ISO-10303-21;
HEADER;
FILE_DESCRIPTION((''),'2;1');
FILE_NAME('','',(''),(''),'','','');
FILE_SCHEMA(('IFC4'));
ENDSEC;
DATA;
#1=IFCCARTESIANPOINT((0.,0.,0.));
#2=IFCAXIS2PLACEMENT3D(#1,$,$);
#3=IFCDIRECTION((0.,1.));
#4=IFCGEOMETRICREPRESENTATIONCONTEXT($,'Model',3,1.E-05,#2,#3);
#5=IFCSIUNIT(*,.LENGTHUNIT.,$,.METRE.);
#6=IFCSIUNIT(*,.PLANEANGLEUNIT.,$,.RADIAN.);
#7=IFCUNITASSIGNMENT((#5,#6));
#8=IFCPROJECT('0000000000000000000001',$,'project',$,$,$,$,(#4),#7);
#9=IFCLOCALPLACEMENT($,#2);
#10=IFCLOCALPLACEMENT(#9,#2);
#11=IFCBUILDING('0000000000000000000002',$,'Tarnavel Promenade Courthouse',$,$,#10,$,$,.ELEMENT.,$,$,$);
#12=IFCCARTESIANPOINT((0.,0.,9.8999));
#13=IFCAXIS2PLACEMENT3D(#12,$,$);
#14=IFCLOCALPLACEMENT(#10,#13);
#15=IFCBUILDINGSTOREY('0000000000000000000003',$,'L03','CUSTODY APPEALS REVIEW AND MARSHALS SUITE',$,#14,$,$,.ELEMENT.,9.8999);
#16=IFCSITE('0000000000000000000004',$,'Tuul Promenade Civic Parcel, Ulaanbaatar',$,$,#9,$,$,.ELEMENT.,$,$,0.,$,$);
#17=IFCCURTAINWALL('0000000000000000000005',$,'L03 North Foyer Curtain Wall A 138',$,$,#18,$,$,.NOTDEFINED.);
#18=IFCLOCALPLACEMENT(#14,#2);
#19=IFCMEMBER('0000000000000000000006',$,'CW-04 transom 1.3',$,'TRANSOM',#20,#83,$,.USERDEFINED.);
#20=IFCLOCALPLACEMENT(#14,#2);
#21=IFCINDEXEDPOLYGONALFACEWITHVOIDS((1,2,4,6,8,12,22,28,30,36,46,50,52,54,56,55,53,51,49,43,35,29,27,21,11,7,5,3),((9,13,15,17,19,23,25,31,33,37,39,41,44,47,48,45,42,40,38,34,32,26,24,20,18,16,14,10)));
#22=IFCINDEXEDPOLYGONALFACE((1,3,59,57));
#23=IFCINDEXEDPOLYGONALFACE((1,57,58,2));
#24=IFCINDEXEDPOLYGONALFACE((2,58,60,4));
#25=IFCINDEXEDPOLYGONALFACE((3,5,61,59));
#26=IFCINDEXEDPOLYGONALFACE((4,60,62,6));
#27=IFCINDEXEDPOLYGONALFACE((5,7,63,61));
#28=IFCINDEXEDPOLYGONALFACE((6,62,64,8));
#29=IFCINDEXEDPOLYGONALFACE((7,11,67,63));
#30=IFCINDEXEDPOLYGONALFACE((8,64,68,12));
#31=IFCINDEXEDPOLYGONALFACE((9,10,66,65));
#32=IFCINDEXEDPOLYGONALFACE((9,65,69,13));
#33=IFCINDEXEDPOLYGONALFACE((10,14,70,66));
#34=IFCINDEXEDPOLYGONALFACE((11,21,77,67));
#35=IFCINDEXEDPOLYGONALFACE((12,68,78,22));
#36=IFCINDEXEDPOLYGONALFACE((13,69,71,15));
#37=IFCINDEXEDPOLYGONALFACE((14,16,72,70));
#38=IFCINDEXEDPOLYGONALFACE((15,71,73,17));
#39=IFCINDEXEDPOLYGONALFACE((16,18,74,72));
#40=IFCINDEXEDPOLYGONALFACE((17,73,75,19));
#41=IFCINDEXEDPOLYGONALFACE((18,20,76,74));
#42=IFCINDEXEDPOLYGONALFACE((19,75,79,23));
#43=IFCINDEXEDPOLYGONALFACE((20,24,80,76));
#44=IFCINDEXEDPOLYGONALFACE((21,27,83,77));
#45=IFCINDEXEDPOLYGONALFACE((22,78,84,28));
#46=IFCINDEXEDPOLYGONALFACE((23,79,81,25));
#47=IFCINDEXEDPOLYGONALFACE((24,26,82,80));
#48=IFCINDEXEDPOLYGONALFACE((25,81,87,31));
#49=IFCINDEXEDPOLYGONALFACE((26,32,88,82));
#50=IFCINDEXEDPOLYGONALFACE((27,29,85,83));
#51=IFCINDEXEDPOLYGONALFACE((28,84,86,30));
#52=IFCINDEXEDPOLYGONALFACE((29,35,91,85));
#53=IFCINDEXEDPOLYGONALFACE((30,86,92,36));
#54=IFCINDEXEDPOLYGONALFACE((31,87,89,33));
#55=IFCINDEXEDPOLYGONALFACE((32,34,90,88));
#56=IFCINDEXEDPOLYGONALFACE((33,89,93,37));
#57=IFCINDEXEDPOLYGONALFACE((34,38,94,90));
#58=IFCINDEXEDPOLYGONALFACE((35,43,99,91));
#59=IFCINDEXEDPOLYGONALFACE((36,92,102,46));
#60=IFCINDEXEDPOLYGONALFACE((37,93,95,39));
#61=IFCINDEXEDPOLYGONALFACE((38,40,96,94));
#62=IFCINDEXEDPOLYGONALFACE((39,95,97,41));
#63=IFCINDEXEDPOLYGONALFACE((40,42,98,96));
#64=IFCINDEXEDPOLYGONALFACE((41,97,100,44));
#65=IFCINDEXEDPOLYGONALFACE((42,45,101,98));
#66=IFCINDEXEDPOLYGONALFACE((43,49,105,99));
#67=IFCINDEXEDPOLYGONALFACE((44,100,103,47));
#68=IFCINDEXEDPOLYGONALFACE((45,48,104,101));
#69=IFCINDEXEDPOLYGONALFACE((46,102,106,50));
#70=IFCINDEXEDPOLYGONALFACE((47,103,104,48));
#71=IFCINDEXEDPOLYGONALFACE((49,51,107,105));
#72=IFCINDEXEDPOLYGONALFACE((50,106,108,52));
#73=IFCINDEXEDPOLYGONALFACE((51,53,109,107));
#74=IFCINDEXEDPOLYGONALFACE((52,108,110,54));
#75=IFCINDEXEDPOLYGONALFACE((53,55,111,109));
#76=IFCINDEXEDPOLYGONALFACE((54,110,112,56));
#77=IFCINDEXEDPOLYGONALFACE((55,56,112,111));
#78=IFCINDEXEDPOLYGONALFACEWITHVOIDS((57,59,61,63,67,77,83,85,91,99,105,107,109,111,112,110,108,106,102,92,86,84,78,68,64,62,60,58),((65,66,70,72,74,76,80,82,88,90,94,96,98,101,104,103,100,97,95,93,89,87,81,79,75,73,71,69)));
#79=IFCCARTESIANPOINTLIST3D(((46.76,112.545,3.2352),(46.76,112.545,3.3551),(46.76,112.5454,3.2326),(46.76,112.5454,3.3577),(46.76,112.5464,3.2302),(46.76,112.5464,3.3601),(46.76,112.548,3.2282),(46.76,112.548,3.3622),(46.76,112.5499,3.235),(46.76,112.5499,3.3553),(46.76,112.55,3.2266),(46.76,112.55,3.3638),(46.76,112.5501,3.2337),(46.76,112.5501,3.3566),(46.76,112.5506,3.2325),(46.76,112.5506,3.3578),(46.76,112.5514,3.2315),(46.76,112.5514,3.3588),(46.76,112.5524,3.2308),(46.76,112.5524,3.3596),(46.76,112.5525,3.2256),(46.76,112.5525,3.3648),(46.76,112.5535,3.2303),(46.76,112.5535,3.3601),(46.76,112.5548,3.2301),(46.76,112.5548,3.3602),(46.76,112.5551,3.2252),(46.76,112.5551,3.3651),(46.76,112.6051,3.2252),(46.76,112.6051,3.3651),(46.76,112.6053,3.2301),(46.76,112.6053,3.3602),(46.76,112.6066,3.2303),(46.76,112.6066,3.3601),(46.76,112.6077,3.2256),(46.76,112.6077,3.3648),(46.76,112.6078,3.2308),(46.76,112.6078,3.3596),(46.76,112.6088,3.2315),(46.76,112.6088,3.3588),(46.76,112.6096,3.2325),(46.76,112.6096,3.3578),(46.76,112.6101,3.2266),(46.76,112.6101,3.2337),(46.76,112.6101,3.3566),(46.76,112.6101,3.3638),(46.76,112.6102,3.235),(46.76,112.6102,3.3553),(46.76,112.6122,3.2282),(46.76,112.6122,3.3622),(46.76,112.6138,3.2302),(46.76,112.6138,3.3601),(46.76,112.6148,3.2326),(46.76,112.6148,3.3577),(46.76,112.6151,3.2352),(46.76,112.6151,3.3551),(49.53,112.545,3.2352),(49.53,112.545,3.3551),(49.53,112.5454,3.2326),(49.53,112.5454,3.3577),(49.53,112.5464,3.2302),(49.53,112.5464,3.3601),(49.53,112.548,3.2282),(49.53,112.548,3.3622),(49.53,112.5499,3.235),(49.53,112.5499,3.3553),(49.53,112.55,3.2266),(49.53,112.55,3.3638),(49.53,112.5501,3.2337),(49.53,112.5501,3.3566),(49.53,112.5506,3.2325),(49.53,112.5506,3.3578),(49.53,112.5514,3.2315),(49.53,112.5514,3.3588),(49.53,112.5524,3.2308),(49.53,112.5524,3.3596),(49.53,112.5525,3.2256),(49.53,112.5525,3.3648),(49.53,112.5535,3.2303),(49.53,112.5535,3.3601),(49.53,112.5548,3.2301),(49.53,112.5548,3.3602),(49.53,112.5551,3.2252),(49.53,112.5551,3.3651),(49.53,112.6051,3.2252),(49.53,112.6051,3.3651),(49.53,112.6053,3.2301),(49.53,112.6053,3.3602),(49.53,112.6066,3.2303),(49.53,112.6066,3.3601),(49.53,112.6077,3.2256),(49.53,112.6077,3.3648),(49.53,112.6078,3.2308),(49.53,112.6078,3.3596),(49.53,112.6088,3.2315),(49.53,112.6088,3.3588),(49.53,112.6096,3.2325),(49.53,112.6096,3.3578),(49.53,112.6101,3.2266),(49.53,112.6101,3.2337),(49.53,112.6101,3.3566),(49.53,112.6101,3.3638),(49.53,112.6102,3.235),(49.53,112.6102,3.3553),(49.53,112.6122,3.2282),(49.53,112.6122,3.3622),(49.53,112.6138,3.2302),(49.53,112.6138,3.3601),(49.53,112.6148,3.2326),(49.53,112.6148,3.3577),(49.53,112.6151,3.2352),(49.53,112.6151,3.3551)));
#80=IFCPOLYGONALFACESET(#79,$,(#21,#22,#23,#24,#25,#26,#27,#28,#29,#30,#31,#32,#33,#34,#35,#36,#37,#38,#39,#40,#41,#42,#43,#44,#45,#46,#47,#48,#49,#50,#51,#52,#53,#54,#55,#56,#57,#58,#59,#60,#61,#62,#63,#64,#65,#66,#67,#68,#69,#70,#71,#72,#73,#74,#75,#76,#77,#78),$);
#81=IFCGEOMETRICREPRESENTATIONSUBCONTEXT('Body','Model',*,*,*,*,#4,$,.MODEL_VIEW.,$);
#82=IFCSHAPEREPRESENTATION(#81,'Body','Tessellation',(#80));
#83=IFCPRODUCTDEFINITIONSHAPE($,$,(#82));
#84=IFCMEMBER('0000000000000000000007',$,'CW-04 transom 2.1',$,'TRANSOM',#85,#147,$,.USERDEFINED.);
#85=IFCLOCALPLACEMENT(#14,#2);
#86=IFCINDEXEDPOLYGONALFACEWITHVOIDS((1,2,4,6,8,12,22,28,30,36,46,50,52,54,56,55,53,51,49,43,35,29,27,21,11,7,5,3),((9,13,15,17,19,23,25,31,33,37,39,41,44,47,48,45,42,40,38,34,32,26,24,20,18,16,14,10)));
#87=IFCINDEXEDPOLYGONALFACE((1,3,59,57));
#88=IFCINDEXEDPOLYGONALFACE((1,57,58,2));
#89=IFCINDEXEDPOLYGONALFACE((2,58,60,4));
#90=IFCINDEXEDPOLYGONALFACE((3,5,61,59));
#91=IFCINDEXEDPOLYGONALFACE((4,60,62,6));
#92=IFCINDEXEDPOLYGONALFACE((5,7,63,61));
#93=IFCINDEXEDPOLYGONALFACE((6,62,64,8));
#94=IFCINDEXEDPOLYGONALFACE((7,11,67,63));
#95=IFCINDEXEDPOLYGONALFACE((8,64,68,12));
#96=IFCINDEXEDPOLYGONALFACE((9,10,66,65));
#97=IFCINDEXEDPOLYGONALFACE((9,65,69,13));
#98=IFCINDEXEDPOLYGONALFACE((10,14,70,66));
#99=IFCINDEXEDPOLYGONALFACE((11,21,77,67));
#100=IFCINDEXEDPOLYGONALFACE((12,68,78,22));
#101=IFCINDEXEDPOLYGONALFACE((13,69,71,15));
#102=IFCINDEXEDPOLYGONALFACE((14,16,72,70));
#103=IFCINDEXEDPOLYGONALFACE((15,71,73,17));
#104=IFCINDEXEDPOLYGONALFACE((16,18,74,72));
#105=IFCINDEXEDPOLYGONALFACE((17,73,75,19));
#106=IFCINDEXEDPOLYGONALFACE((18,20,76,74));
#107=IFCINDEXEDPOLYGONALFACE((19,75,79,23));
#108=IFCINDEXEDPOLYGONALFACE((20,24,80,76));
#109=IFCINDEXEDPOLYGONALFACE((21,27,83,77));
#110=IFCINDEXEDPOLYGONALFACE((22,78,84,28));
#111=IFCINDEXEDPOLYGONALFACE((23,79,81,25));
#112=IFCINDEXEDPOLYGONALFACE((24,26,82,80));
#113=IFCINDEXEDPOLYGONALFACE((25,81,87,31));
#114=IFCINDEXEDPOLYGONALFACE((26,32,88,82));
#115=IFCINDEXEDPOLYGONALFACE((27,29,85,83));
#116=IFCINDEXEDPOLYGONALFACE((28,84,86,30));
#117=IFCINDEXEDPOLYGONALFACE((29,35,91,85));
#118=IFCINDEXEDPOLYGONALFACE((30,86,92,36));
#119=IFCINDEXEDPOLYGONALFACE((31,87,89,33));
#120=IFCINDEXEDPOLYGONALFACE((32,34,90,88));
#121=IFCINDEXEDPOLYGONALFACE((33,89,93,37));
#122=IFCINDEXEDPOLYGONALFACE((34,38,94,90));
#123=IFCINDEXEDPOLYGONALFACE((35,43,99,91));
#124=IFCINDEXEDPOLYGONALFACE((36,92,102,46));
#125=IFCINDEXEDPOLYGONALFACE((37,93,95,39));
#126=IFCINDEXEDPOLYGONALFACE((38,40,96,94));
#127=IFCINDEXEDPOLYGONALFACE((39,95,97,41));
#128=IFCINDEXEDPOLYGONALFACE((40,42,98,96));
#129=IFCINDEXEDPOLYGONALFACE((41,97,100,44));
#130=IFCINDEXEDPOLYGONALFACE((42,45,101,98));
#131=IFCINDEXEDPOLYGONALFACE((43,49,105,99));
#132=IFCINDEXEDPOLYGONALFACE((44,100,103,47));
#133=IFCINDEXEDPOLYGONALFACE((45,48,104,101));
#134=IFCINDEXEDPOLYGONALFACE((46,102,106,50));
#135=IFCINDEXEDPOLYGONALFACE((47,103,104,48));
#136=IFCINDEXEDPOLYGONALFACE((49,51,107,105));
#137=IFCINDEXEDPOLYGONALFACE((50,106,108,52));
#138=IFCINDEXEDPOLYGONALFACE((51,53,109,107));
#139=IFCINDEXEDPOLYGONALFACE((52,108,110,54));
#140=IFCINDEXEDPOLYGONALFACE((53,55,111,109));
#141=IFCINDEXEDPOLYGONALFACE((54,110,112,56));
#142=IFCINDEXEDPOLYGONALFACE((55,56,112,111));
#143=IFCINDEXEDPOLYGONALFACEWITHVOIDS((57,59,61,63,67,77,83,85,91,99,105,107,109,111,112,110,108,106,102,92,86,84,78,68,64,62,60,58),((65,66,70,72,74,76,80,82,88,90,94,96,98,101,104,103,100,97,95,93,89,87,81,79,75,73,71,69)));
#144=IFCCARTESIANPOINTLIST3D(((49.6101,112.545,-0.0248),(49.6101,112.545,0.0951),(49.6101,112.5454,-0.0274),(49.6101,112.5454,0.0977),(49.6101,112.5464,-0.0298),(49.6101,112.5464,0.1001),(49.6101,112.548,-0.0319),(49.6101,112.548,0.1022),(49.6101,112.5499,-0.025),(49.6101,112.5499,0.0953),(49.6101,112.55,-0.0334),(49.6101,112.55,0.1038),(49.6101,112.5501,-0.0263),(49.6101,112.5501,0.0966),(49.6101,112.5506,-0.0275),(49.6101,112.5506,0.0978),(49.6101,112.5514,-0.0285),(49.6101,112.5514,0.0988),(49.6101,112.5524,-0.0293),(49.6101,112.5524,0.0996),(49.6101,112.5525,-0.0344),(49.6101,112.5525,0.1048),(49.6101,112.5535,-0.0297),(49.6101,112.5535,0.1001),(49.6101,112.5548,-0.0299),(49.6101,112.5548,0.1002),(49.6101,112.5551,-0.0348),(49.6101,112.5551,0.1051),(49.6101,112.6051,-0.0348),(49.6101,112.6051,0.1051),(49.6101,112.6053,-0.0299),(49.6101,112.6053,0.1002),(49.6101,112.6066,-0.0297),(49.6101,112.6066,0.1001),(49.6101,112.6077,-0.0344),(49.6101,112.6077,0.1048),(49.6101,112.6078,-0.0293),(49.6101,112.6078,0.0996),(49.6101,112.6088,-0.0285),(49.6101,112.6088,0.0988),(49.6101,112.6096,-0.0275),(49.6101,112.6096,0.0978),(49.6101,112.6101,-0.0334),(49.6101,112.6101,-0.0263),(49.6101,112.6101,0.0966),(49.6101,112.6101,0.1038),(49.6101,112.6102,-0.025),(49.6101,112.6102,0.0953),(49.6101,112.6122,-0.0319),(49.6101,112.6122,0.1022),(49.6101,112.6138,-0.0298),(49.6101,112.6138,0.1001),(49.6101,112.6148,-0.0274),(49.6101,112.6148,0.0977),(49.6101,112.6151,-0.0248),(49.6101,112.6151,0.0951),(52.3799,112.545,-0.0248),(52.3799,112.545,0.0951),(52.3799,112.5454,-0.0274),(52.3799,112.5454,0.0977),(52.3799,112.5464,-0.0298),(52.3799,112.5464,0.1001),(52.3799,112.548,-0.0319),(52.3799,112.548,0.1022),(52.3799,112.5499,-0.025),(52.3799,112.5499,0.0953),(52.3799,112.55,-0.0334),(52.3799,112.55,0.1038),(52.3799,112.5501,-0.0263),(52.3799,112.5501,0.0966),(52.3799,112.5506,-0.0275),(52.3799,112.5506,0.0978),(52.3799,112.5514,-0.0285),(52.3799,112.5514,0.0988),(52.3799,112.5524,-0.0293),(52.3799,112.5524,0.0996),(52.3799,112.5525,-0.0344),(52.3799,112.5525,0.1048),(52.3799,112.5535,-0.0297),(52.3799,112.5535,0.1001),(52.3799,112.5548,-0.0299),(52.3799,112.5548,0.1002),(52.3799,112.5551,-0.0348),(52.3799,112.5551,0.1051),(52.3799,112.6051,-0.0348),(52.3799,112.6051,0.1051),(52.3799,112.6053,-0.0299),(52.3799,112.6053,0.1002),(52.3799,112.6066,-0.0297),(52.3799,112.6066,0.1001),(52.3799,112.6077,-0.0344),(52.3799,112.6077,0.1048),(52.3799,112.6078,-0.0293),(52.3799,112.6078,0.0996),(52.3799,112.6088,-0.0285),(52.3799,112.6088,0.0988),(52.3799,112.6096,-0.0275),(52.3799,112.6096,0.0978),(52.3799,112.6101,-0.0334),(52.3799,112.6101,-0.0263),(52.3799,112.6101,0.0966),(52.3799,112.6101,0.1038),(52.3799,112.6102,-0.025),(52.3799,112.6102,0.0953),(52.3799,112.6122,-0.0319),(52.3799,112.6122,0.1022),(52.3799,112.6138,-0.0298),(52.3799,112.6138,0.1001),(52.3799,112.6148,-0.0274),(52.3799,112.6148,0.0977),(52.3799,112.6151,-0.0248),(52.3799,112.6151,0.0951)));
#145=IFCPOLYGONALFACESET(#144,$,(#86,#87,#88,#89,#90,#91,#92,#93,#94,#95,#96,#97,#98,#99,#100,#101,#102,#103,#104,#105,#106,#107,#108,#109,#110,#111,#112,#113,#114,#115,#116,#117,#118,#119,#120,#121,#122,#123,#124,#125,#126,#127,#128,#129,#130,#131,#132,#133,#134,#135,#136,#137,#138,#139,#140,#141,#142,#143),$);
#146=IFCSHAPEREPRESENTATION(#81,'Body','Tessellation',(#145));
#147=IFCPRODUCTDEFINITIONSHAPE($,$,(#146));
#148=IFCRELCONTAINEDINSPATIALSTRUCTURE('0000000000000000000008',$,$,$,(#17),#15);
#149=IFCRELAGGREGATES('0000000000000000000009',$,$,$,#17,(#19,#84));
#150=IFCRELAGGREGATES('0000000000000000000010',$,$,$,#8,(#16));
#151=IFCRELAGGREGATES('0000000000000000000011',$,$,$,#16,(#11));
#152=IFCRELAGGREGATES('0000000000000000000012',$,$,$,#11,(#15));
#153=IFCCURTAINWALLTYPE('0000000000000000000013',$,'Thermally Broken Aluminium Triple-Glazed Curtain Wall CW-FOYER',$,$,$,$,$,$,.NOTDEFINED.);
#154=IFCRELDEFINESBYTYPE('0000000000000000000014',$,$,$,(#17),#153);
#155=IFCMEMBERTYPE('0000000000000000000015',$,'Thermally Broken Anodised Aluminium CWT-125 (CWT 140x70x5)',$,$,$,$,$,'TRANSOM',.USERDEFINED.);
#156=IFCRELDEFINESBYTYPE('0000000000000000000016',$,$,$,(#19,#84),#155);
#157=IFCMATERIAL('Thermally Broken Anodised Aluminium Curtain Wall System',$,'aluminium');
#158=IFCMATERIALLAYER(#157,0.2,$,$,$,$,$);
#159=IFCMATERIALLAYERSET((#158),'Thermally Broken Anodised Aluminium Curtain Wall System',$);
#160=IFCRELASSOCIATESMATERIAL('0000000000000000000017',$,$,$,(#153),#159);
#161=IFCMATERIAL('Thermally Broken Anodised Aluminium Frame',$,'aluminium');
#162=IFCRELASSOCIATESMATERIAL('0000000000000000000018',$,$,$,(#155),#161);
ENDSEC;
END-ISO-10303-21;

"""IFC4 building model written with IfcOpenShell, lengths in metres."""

from ifc_helpers import new_model, si_unit, direction, frame, origin, origin_2d, place, context, subcontext, project, spatial, hollow_rectangle, extrude, material, layer, layer_set, material_profile, profile_set, type_object, element, aggregate, save


model = new_model("IFC4")

# Units and contexts
model_context = context("Model", 3, precision=1e-05, world=origin(), true_north=direction((0.0, 1.0)))
body_context = subcontext(model_context, "Body", "Model", "MODEL_VIEW")
ifc_project = project(units=[si_unit("LENGTHUNIT", "METRE"), si_unit("PLANEANGLEUNIT", "RADIAN")], contexts=[model_context])

# Site, building, storey
site_placement = place(None, origin())
site = spatial("IfcSite", under=ifc_project, at=site_placement, Name="Tuul Promenade Civic Parcel, Ulaanbaatar", CompositionType="ELEMENT", RefElevation=0.0)
building_placement = place(site_placement, origin())
building = spatial("IfcBuilding", under=site, at=building_placement, Name="Tarnavel Promenade Courthouse", CompositionType="ELEMENT")
storey_placement = place(building_placement, frame((0.0, 0.0, 9.8999)))
storey = spatial("IfcBuildingStorey", under=building, at=storey_placement, Name="L03", Description="CUSTODY APPEALS REVIEW AND MARSHALS SUITE", CompositionType="ELEMENT", Elevation=9.8999)

# Curtain wall, members
ifc_material_1 = material(Name="Thermally Broken Anodised Aluminium Curtain Wall System", Category="aluminium")
ifc_layer_1 = layer(ifc_material_1, 0.2)
ifc_layer_set_1 = layer_set([ifc_layer_1], Name="Thermally Broken Anodised Aluminium Curtain Wall System")
curtain_wall_type = type_object("IfcCurtainWallType", Name="Thermally Broken Aluminium Triple-Glazed Curtain Wall CW-FOYER", PredefinedType="NOTDEFINED", material=ifc_layer_set_1)
curtain_wall_placement = place(storey_placement, origin())
curtain_wall = element("IfcCurtainWall", 1, at=curtain_wall_placement, inside=storey, type_object=curtain_wall_type, Name="L03 North Foyer Curtain Wall A 138", PredefinedType="NOTDEFINED")
ifc_material_2 = material(Name="Thermally Broken Anodised Aluminium Frame", Category="aluminium")
ifc_material_profile_1 = material_profile(ifc_material_2, hollow_rectangle(XDim=0.0701, YDim=0.1399, WallThickness=0.0049, InnerFilletRadius=0.0049, OuterFilletRadius=0.01, at=origin_2d()), Name="CWT 140x70x5")
ifc_profile_set_1 = profile_set([ifc_material_profile_1], Name="Thermally Broken Anodised Aluminium Frame")
member_type_1 = type_object("IfcMemberType", Name="Thermally Broken Anodised Aluminium CWT-125 (CWT 140x70x5)", ElementType="TRANSOM", PredefinedType="USERDEFINED", material=ifc_profile_set_1)
member_1_placement = place(storey_placement, frame((46.76, 112.5801, 3.2952), z_axis=(1.0, 0.0, 0.0), x_axis=(0.0, 1.0, 0.0)))
member_1 = element("IfcMember", 2, at=member_1_placement, type_object=member_type_1, Name="CW-04 transom 1.3", ObjectType="TRANSOM", PredefinedType="USERDEFINED", context=body_context, shape_type="SweptSolid", body=[
    extrude(hollow_rectangle(XDim=0.0701, YDim=0.1399, WallThickness=0.0049, InnerFilletRadius=0.0049, OuterFilletRadius=0.01, at=origin_2d()), origin(), (0.0, 0.0, 1.0), 2.77),
])
member_2_placement = place(storey_placement, frame((49.6101, 112.5801, 0.0352), z_axis=(1.0, 0.0, 0.0), x_axis=(0.0, 1.0, 0.0)))
member_2 = element("IfcMember", 3, at=member_2_placement, type_object=member_type_1, Name="CW-04 transom 2.1", ObjectType="TRANSOM", PredefinedType="USERDEFINED", context=body_context, shape_type="SweptSolid", body=[
    extrude(hollow_rectangle(XDim=0.0701, YDim=0.1399, WallThickness=0.0049, InnerFilletRadius=0.0049, OuterFilletRadius=0.01, at=origin_2d()), origin(), (0.0, 0.0, 1.0), 2.7698),
])
aggregate(curtain_wall, [member_1, member_2])

save(model, "model.ifc")
